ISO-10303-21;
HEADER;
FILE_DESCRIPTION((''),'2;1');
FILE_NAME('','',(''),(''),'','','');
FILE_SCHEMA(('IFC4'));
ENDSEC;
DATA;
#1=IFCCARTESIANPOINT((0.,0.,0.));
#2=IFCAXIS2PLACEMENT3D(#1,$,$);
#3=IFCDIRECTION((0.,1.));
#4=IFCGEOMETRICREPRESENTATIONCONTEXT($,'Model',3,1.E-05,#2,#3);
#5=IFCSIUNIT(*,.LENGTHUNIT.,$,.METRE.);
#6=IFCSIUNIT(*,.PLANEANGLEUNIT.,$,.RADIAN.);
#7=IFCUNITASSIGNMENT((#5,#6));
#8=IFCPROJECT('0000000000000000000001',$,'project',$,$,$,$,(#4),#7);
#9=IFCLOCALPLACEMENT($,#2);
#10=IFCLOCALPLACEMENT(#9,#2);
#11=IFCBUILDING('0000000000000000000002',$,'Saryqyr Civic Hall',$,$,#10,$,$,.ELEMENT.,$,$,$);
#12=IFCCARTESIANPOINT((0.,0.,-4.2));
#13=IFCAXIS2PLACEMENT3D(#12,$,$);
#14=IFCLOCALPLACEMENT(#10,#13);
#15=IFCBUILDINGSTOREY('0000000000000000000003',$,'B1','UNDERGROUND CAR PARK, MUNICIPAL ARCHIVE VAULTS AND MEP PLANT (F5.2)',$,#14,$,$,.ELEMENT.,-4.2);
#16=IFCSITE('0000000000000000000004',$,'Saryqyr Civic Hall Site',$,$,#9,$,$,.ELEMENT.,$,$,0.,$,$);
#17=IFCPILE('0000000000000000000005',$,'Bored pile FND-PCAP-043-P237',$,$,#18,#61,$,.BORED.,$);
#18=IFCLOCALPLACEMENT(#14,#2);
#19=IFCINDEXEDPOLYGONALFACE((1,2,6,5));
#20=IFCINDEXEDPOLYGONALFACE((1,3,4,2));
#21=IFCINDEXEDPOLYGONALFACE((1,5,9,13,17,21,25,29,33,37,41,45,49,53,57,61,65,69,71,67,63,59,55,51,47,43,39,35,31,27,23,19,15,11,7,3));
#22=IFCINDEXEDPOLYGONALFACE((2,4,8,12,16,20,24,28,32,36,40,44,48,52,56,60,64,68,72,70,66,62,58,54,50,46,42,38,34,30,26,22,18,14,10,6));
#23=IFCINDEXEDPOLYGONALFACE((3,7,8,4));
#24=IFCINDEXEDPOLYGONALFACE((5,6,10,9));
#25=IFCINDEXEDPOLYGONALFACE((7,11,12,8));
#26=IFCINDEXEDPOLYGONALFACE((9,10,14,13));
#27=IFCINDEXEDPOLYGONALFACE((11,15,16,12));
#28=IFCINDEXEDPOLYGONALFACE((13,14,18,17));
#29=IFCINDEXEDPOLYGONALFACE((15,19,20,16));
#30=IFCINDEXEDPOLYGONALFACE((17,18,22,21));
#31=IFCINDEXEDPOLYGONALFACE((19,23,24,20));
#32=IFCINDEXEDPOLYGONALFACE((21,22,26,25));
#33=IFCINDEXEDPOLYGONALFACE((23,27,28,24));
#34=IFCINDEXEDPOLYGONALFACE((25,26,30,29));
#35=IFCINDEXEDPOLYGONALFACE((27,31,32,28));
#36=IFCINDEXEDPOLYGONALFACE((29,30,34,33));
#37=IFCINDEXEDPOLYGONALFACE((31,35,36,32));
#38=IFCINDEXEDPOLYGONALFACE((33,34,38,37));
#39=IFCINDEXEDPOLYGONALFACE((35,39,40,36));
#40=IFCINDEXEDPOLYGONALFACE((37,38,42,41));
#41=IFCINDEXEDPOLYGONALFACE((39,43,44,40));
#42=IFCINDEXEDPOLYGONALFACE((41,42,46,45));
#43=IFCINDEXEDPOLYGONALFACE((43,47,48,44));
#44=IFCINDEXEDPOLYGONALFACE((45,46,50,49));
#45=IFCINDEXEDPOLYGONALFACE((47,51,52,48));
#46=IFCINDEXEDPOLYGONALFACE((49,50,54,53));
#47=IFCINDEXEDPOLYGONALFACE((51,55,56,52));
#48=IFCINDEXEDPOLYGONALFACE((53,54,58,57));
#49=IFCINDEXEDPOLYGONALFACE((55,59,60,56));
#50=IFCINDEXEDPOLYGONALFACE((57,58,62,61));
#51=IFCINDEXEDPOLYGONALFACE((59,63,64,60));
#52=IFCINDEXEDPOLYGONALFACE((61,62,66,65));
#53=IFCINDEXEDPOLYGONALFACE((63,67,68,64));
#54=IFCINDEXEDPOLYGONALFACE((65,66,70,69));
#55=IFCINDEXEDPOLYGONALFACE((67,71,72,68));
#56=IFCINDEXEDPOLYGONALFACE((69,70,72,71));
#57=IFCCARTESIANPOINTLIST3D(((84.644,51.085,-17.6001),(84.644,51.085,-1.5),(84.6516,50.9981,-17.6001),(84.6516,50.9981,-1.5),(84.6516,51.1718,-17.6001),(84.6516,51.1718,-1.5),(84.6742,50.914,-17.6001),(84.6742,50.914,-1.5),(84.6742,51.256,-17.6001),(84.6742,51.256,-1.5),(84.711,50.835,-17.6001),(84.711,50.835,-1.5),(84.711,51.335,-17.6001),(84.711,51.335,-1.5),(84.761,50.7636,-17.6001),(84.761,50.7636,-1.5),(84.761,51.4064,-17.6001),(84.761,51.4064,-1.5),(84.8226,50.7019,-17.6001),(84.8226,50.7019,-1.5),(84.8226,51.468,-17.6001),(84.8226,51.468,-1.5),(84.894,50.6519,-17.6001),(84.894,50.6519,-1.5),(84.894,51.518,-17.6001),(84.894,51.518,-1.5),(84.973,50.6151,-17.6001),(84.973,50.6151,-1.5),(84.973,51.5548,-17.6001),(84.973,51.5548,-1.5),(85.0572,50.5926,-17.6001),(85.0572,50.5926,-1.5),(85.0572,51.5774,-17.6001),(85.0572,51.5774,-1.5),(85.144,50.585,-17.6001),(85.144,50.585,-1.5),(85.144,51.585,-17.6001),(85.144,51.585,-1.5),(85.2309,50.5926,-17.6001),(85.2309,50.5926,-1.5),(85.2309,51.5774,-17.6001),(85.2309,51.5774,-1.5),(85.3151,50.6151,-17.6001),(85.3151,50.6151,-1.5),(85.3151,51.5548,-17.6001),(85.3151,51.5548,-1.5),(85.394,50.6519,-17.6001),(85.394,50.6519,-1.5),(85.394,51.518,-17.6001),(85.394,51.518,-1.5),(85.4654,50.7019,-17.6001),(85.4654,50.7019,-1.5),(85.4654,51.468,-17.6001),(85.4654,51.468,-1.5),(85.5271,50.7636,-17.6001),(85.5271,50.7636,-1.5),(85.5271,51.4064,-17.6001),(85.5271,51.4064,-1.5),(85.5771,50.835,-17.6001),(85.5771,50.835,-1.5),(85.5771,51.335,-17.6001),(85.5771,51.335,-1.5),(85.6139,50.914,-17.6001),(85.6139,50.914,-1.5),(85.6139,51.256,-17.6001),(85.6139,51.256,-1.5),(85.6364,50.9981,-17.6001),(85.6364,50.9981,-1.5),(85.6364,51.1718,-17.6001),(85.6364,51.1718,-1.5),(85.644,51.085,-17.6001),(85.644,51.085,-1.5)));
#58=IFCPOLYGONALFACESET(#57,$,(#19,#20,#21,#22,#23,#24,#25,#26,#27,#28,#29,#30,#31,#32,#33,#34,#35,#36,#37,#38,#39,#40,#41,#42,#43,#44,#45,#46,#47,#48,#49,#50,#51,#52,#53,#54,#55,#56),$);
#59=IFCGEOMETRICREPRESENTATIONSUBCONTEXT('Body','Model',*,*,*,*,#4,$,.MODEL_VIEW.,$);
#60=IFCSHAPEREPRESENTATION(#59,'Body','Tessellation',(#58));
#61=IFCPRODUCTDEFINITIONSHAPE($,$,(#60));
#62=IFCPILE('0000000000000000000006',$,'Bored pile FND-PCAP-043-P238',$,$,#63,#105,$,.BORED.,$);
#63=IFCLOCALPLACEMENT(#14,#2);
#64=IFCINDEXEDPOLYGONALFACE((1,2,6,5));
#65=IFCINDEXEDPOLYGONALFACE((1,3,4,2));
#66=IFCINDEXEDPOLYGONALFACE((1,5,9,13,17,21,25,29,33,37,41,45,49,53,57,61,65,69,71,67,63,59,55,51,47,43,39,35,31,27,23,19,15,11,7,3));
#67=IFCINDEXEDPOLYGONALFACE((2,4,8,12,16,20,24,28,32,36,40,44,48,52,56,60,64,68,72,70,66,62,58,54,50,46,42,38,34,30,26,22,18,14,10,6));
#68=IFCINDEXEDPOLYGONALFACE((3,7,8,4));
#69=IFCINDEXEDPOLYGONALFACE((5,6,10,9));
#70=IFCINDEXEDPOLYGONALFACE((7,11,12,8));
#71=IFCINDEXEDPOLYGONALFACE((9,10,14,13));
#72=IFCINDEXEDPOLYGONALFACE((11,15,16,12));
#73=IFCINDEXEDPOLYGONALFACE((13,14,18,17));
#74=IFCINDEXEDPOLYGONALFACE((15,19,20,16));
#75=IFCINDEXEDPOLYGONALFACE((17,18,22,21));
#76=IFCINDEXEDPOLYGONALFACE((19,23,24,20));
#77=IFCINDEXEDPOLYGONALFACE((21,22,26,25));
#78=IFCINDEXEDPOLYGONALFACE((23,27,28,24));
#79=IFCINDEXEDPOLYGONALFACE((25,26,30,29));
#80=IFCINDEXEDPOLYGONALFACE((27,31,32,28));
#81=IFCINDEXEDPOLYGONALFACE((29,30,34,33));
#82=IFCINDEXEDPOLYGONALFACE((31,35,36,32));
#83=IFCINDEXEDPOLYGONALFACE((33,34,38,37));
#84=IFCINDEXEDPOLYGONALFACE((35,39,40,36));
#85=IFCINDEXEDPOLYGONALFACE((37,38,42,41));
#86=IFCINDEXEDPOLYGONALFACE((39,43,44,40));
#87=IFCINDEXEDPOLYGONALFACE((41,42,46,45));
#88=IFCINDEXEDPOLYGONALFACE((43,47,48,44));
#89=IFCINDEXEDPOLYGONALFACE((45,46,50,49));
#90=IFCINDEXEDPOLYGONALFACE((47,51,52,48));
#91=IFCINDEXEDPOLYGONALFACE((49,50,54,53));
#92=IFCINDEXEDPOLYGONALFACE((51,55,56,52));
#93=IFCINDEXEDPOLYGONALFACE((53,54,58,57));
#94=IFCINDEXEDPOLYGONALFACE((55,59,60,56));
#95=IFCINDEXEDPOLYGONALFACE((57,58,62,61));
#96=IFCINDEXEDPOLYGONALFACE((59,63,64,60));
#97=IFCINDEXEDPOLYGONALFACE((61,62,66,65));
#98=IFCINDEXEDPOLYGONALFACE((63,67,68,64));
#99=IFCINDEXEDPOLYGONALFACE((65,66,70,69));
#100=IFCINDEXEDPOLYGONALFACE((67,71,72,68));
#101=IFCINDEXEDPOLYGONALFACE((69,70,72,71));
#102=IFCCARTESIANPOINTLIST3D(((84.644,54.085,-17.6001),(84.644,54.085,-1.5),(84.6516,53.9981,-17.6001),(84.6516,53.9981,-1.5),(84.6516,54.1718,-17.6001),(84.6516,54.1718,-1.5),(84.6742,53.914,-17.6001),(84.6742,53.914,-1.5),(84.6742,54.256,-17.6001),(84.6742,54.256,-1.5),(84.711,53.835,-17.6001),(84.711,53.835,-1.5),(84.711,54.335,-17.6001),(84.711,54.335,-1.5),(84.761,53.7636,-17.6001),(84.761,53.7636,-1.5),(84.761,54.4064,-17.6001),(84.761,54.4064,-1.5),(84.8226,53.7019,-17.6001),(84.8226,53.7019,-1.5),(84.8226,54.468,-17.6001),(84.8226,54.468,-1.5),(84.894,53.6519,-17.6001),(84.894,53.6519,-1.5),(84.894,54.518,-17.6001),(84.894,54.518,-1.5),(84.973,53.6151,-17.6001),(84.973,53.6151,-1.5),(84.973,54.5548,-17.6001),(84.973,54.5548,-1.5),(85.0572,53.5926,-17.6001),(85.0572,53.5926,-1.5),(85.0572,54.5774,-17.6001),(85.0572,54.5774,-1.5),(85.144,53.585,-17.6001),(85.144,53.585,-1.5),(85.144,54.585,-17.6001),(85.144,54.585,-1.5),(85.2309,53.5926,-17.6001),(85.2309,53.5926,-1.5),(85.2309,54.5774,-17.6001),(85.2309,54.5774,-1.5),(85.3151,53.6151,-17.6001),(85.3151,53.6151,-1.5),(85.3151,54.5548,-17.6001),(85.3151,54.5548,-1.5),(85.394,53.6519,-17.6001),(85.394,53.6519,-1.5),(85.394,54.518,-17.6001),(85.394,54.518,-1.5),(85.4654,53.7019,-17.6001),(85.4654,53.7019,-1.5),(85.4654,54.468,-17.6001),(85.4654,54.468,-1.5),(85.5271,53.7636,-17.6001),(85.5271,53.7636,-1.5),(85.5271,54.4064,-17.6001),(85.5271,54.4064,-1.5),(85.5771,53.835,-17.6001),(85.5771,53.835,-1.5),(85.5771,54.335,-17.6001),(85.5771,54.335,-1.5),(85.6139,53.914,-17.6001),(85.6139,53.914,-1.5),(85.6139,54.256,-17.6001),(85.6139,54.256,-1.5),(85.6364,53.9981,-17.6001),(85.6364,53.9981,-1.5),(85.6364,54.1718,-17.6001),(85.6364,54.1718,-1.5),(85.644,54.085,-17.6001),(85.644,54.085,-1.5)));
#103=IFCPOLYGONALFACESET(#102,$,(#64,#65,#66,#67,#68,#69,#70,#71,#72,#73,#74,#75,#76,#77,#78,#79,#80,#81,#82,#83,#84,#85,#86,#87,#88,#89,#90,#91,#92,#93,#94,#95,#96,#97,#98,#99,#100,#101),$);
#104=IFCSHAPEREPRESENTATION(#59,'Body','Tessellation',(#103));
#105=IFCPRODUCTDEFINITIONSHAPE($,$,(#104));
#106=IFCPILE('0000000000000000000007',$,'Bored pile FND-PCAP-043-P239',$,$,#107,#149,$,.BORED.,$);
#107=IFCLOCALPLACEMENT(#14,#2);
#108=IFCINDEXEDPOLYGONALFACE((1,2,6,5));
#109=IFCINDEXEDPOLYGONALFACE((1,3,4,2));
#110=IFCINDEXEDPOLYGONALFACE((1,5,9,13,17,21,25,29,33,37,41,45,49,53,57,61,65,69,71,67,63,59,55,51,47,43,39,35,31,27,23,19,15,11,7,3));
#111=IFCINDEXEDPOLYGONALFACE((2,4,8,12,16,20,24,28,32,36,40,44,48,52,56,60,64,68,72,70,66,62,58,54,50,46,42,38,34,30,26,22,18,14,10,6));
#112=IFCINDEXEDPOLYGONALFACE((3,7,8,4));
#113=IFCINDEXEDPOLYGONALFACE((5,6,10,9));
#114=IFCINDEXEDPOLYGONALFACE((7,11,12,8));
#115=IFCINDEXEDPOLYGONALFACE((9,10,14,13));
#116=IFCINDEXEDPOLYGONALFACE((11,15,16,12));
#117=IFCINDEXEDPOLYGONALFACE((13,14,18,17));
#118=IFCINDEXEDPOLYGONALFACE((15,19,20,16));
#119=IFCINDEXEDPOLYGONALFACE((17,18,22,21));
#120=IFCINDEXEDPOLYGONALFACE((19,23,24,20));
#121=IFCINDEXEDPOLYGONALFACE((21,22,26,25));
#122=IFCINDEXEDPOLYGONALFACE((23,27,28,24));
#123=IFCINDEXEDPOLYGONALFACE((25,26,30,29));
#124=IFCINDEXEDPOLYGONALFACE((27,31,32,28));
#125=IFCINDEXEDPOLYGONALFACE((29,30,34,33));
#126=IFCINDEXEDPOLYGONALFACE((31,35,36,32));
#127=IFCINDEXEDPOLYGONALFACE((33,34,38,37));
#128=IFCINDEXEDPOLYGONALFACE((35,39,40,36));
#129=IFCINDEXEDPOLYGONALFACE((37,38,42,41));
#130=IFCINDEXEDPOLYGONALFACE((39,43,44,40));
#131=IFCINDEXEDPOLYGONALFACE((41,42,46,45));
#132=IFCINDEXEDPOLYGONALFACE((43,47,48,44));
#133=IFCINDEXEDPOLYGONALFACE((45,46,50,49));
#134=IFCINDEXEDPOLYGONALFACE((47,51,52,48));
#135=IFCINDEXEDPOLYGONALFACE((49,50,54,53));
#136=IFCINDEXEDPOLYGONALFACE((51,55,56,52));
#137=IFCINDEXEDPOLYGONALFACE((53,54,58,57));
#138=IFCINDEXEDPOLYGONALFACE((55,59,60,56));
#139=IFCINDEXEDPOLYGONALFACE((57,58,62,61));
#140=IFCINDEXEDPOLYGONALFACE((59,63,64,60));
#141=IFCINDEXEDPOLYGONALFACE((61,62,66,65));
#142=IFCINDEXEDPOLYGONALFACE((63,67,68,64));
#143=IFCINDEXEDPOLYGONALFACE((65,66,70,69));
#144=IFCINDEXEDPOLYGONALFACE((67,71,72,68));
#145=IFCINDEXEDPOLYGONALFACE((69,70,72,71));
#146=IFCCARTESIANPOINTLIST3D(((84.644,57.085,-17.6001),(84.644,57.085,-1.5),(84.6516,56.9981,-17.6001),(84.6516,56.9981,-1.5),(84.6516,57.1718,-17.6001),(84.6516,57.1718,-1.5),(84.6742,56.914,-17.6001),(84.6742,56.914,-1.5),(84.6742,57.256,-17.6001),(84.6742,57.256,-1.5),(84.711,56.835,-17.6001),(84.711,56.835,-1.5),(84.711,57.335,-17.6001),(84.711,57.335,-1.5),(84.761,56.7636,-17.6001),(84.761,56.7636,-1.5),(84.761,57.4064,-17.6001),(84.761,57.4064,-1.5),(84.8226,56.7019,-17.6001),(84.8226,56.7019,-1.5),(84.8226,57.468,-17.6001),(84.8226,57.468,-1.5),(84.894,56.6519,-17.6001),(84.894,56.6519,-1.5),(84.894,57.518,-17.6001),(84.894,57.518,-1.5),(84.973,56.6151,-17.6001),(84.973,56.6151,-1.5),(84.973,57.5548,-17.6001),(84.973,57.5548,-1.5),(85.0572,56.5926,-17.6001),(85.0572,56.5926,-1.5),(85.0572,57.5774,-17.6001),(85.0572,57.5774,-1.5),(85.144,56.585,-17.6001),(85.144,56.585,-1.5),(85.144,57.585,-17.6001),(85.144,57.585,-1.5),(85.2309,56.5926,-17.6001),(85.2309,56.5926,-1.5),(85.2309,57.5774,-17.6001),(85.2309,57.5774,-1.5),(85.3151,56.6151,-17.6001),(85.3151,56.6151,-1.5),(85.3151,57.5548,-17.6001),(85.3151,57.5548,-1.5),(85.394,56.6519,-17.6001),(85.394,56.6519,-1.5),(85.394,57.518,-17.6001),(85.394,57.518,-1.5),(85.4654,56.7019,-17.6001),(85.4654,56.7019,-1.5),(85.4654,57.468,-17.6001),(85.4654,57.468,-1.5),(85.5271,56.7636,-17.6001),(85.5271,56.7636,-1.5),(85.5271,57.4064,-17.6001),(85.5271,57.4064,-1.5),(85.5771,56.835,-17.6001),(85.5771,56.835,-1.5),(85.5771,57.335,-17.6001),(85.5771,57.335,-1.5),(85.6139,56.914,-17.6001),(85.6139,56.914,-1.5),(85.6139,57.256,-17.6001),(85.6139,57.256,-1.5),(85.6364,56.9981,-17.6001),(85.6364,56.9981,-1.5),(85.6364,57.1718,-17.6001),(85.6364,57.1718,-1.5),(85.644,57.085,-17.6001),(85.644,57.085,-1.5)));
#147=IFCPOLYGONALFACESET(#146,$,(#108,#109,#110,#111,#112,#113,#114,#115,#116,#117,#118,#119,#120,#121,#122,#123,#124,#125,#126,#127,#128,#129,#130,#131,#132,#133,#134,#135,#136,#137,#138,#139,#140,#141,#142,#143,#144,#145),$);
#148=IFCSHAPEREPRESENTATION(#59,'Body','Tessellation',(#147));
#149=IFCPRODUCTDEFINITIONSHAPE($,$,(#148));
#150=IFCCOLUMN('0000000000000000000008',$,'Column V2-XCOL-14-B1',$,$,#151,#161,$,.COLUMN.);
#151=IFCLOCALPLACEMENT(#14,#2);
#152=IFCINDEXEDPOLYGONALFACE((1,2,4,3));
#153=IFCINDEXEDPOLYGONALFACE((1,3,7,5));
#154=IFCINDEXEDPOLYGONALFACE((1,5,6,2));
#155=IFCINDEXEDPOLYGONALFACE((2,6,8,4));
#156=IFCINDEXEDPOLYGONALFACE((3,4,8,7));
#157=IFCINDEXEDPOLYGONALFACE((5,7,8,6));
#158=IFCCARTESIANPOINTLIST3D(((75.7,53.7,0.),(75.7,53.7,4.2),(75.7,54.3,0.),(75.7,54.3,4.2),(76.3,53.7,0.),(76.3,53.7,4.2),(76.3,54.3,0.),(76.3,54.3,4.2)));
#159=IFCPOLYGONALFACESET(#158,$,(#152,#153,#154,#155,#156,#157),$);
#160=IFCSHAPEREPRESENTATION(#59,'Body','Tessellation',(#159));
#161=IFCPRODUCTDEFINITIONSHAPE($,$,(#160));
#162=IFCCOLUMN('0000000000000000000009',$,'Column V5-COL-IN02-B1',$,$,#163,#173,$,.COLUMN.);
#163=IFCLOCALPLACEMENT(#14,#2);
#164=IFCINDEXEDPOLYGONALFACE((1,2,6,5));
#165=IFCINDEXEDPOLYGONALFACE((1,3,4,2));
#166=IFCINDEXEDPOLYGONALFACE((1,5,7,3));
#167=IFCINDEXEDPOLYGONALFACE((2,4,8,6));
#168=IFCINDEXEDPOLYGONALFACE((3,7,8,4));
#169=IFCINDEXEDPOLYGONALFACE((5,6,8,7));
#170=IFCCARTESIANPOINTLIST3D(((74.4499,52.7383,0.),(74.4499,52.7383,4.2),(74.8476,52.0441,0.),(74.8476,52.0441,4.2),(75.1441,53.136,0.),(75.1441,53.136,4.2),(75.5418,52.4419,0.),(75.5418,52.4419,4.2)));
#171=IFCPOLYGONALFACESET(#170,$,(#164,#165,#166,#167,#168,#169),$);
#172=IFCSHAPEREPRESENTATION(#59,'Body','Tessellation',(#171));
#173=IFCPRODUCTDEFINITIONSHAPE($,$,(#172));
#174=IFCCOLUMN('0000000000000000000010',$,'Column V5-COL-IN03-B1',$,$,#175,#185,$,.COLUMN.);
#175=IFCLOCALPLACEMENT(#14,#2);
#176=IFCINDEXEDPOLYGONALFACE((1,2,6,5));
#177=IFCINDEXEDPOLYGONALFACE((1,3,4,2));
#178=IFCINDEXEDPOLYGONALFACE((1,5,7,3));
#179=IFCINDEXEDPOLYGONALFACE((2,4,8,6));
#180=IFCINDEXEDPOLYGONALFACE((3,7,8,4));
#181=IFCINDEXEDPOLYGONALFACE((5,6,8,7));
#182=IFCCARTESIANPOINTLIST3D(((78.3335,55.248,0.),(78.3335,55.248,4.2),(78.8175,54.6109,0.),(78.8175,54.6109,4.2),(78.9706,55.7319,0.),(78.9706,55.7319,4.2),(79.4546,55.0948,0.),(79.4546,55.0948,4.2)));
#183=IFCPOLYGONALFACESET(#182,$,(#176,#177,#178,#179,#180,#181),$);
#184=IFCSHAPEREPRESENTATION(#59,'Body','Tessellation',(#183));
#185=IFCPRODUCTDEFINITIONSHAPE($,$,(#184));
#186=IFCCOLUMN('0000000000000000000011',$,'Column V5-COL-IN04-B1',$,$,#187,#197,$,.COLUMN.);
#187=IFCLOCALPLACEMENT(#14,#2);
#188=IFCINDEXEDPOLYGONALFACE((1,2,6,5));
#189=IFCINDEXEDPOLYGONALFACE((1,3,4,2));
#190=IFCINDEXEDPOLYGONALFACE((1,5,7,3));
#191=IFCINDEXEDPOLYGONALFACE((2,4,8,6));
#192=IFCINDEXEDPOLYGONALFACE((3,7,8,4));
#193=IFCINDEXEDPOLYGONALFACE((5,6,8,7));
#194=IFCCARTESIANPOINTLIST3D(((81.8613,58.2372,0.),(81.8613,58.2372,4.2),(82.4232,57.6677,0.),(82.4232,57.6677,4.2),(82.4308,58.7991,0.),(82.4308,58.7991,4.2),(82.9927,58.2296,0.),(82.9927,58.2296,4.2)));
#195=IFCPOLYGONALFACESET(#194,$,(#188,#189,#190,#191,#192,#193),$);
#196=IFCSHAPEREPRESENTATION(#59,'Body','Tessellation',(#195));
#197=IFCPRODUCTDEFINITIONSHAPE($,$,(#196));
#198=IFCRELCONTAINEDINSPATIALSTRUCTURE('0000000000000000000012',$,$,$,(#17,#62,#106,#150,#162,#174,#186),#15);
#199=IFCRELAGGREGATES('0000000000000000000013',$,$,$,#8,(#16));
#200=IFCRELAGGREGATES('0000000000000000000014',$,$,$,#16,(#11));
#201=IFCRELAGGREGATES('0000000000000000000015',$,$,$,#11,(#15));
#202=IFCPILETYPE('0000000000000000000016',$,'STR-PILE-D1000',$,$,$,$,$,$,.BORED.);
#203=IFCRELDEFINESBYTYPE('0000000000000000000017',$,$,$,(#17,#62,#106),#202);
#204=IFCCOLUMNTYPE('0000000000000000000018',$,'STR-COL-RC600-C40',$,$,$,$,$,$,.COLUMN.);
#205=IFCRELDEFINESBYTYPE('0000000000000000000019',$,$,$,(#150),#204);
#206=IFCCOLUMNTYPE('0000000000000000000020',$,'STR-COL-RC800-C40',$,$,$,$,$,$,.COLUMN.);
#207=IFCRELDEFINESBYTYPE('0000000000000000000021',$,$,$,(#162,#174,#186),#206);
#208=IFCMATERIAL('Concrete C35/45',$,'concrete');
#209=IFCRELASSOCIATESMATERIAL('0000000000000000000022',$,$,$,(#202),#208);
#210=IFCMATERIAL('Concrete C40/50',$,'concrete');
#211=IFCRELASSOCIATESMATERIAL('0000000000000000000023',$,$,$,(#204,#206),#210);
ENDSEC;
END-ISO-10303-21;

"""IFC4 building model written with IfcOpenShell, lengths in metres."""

from ifc_helpers import new_model, si_unit, direction, frame, origin, origin_2d, place, context, subcontext, project, spatial, rectangle, circle, extrude, material, material_profile, profile_set, type_object, element, save


model = new_model("IFC4")

# Units and contexts
model_context = context("Model", 3, precision=1e-05, world=origin(), true_north=direction((0.0, 1.0)))
body_context = subcontext(model_context, "Body", "Model", "MODEL_VIEW")
ifc_project = project(units=[si_unit("LENGTHUNIT", "METRE"), si_unit("PLANEANGLEUNIT", "RADIAN")], contexts=[model_context])

# Site, building, storey
site_placement = place(None, origin())
site = spatial("IfcSite", under=ifc_project, at=site_placement, Name="Saryqyr Civic Hall Site", CompositionType="ELEMENT", RefElevation=0.0)
building_placement = place(site_placement, origin())
building = spatial("IfcBuilding", under=site, at=building_placement, Name="Saryqyr Civic Hall", CompositionType="ELEMENT")
storey_placement = place(building_placement, frame((0.0, 0.0, -4.2)))
storey = spatial("IfcBuildingStorey", under=building, at=storey_placement, Name="B1", Description="UNDERGROUND CAR PARK, MUNICIPAL ARCHIVE VAULTS AND MEP PLANT (F5.2)", CompositionType="ELEMENT", Elevation=-4.2)

# Piles
ifc_material_1 = material(Name="Concrete C35/45", Category="concrete")
ifc_material_profile_1 = material_profile(ifc_material_1, circle(Radius=0.5, at=origin_2d()), Name="BORED PILE D1000")
ifc_profile_set_1 = profile_set([ifc_material_profile_1], Name="Concrete C35/45")
pile_type = type_object("IfcPileType", Name="STR-PILE-D1000", PredefinedType="BORED", material=ifc_profile_set_1)
for number, where, z_axis, x_axis, name in (
    (1, (85.144, 51.085, -1.5), (0.0, 0.0, -1.0), (1.0, 0.0, 0.0), "Bored pile FND-PCAP-043-P237"),
    (2, (85.144, 54.085, -1.5), (0.0, 0.0, -1.0), (1.0, 0.0, 0.0), "Bored pile FND-PCAP-043-P238"),
    (3, (85.144, 57.085, -1.5), (0.0, 0.0, -1.0), (1.0, 0.0, 0.0), "Bored pile FND-PCAP-043-P239"),
):
    element("IfcPile", number, at=place(storey_placement, frame(where, z_axis=z_axis, x_axis=x_axis)), inside=storey, type_object=pile_type, Name=name, PredefinedType="BORED", context=body_context, shape_type="SweptSolid", body=[
        extrude(circle(Radius=0.5, at=origin_2d()), origin(), (0.0, 0.0, 1.0), 16.1001),
    ])

# Columns
ifc_material_2 = material(Name="Concrete C40/50", Category="concrete")
ifc_material_profile_2 = material_profile(ifc_material_2, rectangle(XDim=0.6001, YDim=0.6001, at=origin_2d()), Name="RC 600x600")
ifc_profile_set_2 = profile_set([ifc_material_profile_2], Name="Concrete C40/50")
column_type_1 = type_object("IfcColumnType", Name="STR-COL-RC600-C40", PredefinedType="COLUMN", material=ifc_profile_set_2)
column_placement = place(storey_placement, frame((76.0, 54.0, 0.0), z_axis=(0.0, 0.0, 1.0), x_axis=(1.0, 0.0, 0.0)))
element("IfcColumn", 4, at=column_placement, inside=storey, type_object=column_type_1, Name="Column V2-XCOL-14-B1", PredefinedType="COLUMN", context=body_context, shape_type="SweptSolid", body=[
    extrude(rectangle(XDim=0.6001, YDim=0.6001, at=origin_2d()), origin(), (0.0, 0.0, 1.0), 4.2),
])
ifc_material_profile_3 = material_profile(ifc_material_2, rectangle(XDim=0.8, YDim=0.8, at=origin_2d()), Name="RC 800x800")
ifc_profile_set_3 = profile_set([ifc_material_profile_3], Name="Concrete C40/50")
column_type_2 = type_object("IfcColumnType", Name="STR-COL-RC800-C40", PredefinedType="COLUMN", material=ifc_profile_set_3)
for number, where, z_axis, x_axis, name in (
    (5, (74.9958, 52.5901, 0.0), (0.0, 0.0, 1.0), (0.497125, -0.867679, 0.0), "Column V5-COL-IN02-B1"),
    (6, (78.894, 55.1714, 0.0), (0.0, 0.0, 1.0), (0.604877, -0.796319, 0.0), "Column V5-COL-IN03-B1"),
    (7, (82.427, 58.2334, 0.0), (0.0, 0.0, 1.0), (0.702402, -0.711781, 0.0), "Column V5-COL-IN04-B1"),
):
    element("IfcColumn", number, at=place(storey_placement, frame(where, z_axis=z_axis, x_axis=x_axis)), inside=storey, type_object=column_type_2, Name=name, PredefinedType="COLUMN", context=body_context, shape_type="SweptSolid", body=[
        extrude(rectangle(XDim=0.8, YDim=0.8, at=origin_2d()), origin(), (0.0, 0.0, 1.0), 4.2),
    ])

save(model, "model.ifc")
